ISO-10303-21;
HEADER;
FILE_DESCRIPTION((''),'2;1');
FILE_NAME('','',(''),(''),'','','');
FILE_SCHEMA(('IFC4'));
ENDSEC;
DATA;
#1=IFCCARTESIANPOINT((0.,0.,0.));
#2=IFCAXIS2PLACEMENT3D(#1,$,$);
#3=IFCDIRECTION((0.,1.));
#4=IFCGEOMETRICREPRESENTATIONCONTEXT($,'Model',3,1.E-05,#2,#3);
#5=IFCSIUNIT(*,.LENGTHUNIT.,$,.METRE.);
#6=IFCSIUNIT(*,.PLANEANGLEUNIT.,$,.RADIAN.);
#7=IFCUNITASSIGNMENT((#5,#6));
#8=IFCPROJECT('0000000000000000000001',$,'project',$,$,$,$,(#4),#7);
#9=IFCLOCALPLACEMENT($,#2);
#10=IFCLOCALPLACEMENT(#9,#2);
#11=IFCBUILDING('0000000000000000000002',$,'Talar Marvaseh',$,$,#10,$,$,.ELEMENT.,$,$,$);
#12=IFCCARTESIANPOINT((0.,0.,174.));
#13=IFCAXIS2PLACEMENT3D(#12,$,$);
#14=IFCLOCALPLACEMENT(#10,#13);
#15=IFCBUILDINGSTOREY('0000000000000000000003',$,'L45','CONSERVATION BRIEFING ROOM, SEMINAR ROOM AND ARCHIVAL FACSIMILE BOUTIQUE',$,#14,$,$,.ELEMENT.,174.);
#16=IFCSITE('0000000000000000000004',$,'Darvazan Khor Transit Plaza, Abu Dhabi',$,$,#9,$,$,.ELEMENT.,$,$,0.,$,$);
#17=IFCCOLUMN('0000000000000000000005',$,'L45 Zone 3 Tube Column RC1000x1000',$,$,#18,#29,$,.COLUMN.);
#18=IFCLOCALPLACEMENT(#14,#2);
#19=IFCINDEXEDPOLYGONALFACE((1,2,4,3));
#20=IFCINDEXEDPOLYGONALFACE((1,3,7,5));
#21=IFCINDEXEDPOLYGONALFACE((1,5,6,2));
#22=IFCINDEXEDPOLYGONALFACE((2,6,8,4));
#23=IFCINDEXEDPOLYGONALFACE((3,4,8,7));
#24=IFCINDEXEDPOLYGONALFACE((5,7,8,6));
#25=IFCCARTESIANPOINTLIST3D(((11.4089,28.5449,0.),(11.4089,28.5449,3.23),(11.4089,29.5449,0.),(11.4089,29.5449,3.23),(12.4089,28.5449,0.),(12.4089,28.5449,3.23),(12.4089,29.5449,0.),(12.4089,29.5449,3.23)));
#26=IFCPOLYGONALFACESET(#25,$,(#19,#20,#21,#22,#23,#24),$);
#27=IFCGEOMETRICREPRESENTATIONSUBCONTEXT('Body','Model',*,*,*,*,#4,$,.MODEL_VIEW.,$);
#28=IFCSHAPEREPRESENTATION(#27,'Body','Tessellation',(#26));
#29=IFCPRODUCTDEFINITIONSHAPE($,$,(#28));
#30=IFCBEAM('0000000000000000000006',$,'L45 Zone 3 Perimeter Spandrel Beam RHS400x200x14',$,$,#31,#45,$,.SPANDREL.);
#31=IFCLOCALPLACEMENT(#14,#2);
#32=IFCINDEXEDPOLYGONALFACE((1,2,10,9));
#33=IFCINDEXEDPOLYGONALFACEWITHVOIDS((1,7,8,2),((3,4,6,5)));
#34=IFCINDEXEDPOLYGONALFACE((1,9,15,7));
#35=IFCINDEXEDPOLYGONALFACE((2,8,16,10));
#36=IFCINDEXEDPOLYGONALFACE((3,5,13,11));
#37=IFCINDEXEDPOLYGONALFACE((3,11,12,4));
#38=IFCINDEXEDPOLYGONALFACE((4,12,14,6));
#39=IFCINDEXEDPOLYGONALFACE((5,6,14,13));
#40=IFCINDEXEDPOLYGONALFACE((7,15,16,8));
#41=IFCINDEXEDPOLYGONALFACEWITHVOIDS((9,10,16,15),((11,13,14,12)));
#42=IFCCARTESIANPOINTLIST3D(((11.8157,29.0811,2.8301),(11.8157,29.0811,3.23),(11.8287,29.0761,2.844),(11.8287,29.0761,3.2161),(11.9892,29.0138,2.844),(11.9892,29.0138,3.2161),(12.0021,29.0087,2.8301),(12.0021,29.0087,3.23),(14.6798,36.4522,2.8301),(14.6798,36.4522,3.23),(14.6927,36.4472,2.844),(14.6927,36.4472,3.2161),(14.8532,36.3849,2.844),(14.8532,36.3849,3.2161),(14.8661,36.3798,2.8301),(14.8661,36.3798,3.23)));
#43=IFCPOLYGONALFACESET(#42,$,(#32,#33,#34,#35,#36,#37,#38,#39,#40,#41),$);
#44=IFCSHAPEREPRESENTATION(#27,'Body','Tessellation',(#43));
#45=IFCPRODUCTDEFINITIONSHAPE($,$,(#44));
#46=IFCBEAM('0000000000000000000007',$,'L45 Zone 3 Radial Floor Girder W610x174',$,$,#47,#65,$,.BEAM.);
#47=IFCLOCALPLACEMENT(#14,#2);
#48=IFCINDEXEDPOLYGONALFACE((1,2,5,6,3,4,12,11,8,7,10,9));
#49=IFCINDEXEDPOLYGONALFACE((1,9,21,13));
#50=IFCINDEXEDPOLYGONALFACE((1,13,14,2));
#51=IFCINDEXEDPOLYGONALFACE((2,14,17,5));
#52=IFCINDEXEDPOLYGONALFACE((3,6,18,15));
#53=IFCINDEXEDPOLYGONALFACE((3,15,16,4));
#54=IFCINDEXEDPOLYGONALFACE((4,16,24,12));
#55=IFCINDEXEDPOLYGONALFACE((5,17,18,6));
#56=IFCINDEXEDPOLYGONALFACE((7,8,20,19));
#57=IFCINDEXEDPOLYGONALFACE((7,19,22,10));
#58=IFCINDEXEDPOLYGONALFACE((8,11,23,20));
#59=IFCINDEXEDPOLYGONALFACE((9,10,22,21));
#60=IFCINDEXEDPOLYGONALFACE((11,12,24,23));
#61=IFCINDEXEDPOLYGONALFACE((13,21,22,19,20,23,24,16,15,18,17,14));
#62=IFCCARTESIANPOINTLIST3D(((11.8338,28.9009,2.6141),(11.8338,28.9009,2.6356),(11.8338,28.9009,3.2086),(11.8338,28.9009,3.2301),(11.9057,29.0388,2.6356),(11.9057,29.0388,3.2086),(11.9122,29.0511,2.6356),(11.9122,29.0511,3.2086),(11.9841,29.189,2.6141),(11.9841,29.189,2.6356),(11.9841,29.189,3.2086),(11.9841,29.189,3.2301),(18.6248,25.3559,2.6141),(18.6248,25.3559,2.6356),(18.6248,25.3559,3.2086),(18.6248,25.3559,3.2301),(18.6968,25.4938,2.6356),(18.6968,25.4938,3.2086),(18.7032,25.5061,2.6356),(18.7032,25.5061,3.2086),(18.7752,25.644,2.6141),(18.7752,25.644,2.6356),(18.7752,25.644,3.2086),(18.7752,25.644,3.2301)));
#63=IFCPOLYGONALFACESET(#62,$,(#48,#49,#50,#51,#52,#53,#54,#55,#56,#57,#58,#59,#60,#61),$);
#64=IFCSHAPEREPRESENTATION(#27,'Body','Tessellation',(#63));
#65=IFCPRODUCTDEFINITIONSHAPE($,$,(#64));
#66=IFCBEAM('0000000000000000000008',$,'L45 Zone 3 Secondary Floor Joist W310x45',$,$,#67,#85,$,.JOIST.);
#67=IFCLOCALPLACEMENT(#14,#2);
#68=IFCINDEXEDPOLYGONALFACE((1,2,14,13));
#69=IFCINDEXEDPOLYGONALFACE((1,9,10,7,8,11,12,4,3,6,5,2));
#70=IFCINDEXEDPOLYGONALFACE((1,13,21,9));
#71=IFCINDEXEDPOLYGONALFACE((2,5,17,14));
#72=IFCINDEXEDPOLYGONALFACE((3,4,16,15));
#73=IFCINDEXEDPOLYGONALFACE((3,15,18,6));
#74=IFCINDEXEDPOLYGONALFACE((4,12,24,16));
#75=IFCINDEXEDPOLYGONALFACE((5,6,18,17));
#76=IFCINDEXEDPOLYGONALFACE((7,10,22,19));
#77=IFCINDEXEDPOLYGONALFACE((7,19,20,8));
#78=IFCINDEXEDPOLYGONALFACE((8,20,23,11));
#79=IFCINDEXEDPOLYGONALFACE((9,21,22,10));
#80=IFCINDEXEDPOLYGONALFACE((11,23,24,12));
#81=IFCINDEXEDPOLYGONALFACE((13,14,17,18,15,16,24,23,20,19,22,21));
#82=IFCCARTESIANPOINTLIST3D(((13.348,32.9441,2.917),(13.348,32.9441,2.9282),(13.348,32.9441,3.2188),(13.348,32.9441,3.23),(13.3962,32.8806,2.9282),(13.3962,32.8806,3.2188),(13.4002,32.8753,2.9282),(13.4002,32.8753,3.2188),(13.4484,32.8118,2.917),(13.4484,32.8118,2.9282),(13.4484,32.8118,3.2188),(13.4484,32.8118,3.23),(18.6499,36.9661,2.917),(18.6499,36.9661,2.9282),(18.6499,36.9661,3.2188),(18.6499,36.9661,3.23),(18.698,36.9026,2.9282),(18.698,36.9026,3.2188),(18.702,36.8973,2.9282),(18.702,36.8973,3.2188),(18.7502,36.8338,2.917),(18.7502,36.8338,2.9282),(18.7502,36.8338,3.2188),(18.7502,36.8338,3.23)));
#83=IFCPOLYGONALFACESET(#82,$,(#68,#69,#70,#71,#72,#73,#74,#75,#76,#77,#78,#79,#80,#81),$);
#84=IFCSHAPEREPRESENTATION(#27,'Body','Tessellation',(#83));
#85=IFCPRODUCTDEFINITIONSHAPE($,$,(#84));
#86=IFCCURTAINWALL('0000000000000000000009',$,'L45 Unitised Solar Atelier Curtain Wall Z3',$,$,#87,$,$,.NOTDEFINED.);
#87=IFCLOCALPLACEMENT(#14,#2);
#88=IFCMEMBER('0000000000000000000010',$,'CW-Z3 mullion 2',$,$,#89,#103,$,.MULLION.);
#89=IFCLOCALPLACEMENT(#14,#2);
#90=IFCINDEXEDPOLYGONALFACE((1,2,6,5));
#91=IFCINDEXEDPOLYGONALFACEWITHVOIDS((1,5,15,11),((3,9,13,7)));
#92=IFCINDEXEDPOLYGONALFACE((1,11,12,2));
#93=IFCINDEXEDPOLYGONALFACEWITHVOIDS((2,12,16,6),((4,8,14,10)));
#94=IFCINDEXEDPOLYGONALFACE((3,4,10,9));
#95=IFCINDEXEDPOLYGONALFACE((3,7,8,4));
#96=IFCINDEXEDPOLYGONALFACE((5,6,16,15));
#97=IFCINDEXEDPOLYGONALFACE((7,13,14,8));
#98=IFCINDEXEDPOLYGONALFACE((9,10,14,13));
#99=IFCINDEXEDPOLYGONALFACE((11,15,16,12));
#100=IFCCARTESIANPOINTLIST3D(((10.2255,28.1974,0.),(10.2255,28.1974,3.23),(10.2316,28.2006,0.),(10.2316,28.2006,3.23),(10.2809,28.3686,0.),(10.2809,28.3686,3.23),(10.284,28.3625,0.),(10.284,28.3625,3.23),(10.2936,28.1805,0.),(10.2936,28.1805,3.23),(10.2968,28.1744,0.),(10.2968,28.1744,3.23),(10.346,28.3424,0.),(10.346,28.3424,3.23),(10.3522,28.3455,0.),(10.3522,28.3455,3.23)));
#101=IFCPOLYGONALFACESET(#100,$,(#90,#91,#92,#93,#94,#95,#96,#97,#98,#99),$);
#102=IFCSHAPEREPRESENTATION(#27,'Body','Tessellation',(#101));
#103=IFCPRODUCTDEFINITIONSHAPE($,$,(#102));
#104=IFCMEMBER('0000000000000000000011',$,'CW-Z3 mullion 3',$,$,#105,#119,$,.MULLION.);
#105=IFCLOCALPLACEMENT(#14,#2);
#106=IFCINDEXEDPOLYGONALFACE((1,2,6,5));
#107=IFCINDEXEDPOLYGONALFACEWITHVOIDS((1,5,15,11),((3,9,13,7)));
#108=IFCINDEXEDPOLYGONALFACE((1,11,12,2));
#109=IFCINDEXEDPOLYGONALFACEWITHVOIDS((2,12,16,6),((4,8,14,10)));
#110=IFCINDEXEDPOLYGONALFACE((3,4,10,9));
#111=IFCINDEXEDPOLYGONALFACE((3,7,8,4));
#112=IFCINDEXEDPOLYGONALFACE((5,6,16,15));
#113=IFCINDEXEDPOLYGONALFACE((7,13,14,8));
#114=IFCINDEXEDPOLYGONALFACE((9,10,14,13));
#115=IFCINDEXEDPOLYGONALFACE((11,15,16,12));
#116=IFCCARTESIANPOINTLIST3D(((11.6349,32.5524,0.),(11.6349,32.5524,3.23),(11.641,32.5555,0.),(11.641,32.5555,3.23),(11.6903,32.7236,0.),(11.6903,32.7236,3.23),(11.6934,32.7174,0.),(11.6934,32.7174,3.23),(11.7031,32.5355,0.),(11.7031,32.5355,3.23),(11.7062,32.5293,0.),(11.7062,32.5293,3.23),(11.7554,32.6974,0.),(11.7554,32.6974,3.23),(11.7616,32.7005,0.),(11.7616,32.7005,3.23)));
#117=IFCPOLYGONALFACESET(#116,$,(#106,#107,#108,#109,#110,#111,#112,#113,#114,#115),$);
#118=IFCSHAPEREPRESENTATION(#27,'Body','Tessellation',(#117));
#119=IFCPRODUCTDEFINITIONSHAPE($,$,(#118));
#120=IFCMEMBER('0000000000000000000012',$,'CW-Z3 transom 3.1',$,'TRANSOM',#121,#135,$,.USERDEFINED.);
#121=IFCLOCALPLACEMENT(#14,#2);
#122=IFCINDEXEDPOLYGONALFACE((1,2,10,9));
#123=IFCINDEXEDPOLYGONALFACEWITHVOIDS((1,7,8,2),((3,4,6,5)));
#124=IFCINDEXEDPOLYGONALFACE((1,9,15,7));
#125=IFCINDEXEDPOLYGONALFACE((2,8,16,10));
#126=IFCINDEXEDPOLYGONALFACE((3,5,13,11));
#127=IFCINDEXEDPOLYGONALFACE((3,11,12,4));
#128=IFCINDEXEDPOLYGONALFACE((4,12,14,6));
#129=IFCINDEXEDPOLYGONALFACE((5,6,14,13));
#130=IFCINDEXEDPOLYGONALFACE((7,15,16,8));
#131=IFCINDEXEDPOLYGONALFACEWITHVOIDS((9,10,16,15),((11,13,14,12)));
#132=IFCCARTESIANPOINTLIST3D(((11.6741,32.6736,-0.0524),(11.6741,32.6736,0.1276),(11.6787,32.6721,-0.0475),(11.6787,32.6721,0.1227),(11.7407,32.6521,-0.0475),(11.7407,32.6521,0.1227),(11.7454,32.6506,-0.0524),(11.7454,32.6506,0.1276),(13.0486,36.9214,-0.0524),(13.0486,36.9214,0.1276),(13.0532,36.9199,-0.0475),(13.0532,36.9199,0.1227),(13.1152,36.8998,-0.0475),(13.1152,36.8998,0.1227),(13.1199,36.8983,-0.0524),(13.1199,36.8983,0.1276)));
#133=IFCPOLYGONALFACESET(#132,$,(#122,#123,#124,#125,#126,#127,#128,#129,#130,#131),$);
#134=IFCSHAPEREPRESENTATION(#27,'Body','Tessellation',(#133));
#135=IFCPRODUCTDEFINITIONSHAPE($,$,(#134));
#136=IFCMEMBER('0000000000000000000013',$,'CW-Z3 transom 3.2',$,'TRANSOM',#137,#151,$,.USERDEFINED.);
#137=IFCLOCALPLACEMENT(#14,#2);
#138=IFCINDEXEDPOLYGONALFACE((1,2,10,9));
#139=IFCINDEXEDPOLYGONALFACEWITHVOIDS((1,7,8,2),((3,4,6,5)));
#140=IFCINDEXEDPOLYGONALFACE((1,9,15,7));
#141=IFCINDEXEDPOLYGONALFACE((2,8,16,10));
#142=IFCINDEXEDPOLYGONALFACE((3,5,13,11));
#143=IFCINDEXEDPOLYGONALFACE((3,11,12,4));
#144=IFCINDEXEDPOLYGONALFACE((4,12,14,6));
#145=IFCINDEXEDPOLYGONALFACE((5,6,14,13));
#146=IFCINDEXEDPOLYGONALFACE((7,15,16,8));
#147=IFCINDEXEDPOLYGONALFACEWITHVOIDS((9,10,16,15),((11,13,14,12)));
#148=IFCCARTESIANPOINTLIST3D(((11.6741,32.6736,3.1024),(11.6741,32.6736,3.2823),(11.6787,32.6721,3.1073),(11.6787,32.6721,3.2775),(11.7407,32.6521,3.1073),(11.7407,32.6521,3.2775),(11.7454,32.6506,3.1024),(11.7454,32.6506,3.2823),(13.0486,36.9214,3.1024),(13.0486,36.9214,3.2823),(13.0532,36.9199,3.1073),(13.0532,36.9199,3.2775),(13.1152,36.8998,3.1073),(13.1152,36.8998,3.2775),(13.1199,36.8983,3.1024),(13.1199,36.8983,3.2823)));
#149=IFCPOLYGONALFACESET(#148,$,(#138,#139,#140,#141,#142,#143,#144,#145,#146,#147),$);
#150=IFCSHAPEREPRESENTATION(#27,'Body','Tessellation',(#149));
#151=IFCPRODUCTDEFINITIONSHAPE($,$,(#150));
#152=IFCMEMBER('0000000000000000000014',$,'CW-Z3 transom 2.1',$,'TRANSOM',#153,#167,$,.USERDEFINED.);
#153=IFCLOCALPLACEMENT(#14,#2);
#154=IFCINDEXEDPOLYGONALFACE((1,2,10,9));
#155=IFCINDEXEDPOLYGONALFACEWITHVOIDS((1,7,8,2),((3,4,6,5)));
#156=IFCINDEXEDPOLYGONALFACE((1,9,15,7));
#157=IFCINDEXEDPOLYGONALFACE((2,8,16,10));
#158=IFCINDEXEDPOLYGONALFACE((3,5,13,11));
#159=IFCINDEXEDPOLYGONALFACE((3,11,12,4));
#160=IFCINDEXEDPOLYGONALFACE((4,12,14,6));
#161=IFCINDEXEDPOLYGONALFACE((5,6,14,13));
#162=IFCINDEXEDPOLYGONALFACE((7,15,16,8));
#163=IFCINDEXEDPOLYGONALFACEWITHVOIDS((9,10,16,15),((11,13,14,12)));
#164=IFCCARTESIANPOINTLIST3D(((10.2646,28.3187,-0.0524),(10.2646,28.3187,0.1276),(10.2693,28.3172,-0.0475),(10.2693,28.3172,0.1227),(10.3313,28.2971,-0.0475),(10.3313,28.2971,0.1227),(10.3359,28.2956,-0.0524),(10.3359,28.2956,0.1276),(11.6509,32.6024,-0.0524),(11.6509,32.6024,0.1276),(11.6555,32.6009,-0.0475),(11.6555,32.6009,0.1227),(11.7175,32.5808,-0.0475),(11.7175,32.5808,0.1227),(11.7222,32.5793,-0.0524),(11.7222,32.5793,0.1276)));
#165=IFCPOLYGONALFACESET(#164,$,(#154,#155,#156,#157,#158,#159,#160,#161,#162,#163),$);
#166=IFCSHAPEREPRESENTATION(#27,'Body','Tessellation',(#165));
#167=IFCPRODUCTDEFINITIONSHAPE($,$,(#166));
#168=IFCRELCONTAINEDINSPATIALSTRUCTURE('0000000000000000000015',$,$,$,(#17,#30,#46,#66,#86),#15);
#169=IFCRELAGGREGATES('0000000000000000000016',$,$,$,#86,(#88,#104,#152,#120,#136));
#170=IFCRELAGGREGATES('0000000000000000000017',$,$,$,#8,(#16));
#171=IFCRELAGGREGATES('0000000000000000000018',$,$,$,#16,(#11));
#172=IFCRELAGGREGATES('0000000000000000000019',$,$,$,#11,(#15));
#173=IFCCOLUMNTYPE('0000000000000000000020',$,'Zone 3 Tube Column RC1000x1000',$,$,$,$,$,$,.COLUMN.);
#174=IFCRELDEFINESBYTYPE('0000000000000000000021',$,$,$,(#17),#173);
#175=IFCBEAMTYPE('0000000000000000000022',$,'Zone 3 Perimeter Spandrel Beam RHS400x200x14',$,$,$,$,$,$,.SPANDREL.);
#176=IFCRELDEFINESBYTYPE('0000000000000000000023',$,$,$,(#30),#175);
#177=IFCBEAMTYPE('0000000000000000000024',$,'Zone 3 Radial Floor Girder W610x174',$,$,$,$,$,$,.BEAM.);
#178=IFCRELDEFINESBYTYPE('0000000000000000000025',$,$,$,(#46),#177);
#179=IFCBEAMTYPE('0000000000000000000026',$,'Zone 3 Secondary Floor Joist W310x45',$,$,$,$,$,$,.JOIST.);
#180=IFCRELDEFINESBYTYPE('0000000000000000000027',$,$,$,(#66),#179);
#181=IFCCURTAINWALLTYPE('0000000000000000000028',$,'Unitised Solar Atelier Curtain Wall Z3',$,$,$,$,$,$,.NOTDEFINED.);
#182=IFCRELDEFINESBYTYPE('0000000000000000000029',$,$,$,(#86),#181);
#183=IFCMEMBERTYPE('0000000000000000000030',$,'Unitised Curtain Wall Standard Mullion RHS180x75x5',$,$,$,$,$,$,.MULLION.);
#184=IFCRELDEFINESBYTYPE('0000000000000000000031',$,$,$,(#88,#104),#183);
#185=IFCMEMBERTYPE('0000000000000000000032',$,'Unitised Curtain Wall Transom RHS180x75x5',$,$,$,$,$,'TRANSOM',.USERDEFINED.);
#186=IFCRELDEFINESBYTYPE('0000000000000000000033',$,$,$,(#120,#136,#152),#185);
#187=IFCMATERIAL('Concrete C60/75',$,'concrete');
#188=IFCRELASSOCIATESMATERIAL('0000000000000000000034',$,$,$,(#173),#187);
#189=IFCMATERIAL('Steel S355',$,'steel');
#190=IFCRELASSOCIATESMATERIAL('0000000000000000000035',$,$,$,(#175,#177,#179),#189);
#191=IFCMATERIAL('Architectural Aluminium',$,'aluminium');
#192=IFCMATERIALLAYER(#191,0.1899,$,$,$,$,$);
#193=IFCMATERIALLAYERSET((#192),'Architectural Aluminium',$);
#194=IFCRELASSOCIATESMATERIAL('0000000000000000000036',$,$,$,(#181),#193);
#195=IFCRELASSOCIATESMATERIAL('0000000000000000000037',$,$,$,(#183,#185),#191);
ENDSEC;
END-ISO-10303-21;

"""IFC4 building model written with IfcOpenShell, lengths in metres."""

from ifc_helpers import new_model, si_unit, direction, frame, origin, origin_2d, place, context, subcontext, project, spatial, rectangle, hollow_rectangle, i_section, extrude, source, transform, mapped, material, layer, layer_set, material_profile, profile_set, type_object, type_shapes, element, aggregate, save


model = new_model("IFC4")

# Units and contexts
model_context = context("Model", 3, precision=1e-05, world=origin(), true_north=direction((0.0, 1.0)))
body_context = subcontext(model_context, "Body", "Model", "MODEL_VIEW")
ifc_project = project(units=[si_unit("LENGTHUNIT", "METRE"), si_unit("PLANEANGLEUNIT", "RADIAN")], contexts=[model_context])

# Site, building, storey
site_placement = place(None, origin())
site = spatial("IfcSite", under=ifc_project, at=site_placement, Name="Darvazan Khor Transit Plaza, Abu Dhabi", CompositionType="ELEMENT", RefElevation=0.0)
building_placement = place(site_placement, origin())
building = spatial("IfcBuilding", under=site, at=building_placement, Name="Talar Marvaseh", CompositionType="ELEMENT")
storey_placement = place(building_placement, frame((0.0, 0.0, 174.0)))
storey = spatial("IfcBuildingStorey", under=building, at=storey_placement, Name="L45", Description="CONSERVATION BRIEFING ROOM, SEMINAR ROOM AND ARCHIVAL FACSIMILE BOUTIQUE", CompositionType="ELEMENT", Elevation=174.0)

# Column
ifc_material_1 = material(Name="Concrete C60/75", Category="concrete")
ifc_material_profile_1 = material_profile(ifc_material_1, rectangle(XDim=1.0, YDim=1.0, at=origin_2d()), Name="RC1000x1000")
ifc_profile_set_1 = profile_set([ifc_material_profile_1], Name="Concrete C60/75")
column_type = type_object("IfcColumnType", Name="Zone 3 Tube Column RC1000x1000", PredefinedType="COLUMN", material=ifc_profile_set_1)
column_placement = place(storey_placement, frame((11.9089, 29.0449, 0.0), z_axis=(0.0, 0.0, 1.0), x_axis=(1.0, 0.0, 0.0)))
element("IfcColumn", 1, at=column_placement, inside=storey, type_object=column_type, Name="L45 Zone 3 Tube Column RC1000x1000", PredefinedType="COLUMN", context=body_context, shape_type="SweptSolid", body=[
    extrude(rectangle(XDim=1.0, YDim=1.0, at=origin_2d()), origin(), (0.0, 0.0, 1.0), 3.23),
])

# Beams
ifc_material_2 = material(Name="Steel S355", Category="steel")
ifc_material_profile_2 = material_profile(ifc_material_2, hollow_rectangle(XDim=0.2, YDim=0.3999, WallThickness=0.0139, at=origin_2d()), Name="RHS400x200x14")
ifc_profile_set_2 = profile_set([ifc_material_profile_2], Name="Steel S355")
beam_type_1 = type_object("IfcBeamType", Name="Zone 3 Perimeter Spandrel Beam RHS400x200x14", PredefinedType="SPANDREL", material=ifc_profile_set_2)
beam_1_placement = place(storey_placement, frame((11.9089, 29.0449, 3.03), z_axis=(0.362169, 0.932112, 0.0), x_axis=(-0.932112, 0.362169, 0.0)))
element("IfcBeam", 2, at=beam_1_placement, inside=storey, type_object=beam_type_1, Name="L45 Zone 3 Perimeter Spandrel Beam RHS400x200x14", PredefinedType="SPANDREL", context=body_context, shape_type="SweptSolid", body=[
    extrude(hollow_rectangle(XDim=0.2, YDim=0.3999, WallThickness=0.0139, at=origin_2d()), origin(), (0.0, 0.0, 1.0), 7.908),
])
ifc_material_profile_3 = material_profile(ifc_material_2, i_section(OverallWidth=0.325, OverallDepth=0.616, WebThickness=0.0139, FlangeThickness=0.0215, at=origin_2d()), Name="W610x174")
ifc_profile_set_3 = profile_set([ifc_material_profile_3], Name="Steel S355")
beam_type_2 = type_object("IfcBeamType", Name="Zone 3 Radial Floor Girder W610x174", PredefinedType="BEAM", material=ifc_profile_set_3)
beam_2_placement = place(storey_placement, frame((11.9089, 29.0449, 2.9221), z_axis=(0.886489, -0.462749, 0.0), x_axis=(0.462749, 0.886489, 0.0)))
element("IfcBeam", 3, at=beam_2_placement, inside=storey, type_object=beam_type_2, Name="L45 Zone 3 Radial Floor Girder W610x174", PredefinedType="BEAM", context=body_context, shape_type="SweptSolid", body=[
    extrude(i_section(OverallWidth=0.325, OverallDepth=0.616, WebThickness=0.0139, FlangeThickness=0.0215, at=origin_2d()), origin(), (0.0, 0.0, 1.0), 7.6606),
])
ifc_material_profile_4 = material_profile(ifc_material_2, i_section(OverallWidth=0.166, OverallDepth=0.313, WebThickness=0.0066, FlangeThickness=0.0112, at=origin_2d()), Name="W310x45")
ifc_profile_set_4 = profile_set([ifc_material_profile_4], Name="Steel S355")
beam_type_3 = type_object("IfcBeamType", Name="Zone 3 Secondary Floor Joist W310x45", PredefinedType="JOIST", material=ifc_profile_set_4)
beam_3_placement = place(storey_placement, frame((13.3982, 32.8779, 3.0735), z_axis=(0.796695, 0.604382, 0.0), x_axis=(-0.604382, 0.796695, 0.0)))
element("IfcBeam", 4, at=beam_3_placement, inside=storey, type_object=beam_type_3, Name="L45 Zone 3 Secondary Floor Joist W310x45", PredefinedType="JOIST", context=body_context, shape_type="SweptSolid", body=[
    extrude(i_section(OverallWidth=0.166, OverallDepth=0.313, WebThickness=0.0066, FlangeThickness=0.0112, at=origin_2d()), origin(), (0.0, 0.0, 1.0), 6.6548),
])

# Curtain wall, members
ifc_material_3 = material(Name="Architectural Aluminium", Category="aluminium")
ifc_layer_1 = layer(ifc_material_3, 0.1899)
ifc_layer_set_1 = layer_set([ifc_layer_1], Name="Architectural Aluminium")
curtain_wall_type = type_object("IfcCurtainWallType", Name="Unitised Solar Atelier Curtain Wall Z3", PredefinedType="NOTDEFINED", material=ifc_layer_set_1)
curtain_wall_placement = place(storey_placement, origin())
curtain_wall = element("IfcCurtainWall", 5, at=curtain_wall_placement, inside=storey, type_object=curtain_wall_type, Name="L45 Unitised Solar Atelier Curtain Wall Z3", PredefinedType="NOTDEFINED")
ifc_material_profile_5 = material_profile(ifc_material_3, hollow_rectangle(XDim=0.075, YDim=0.1799, WallThickness=0.0049, at=origin_2d()), Name="RHS180x75x5")
ifc_profile_set_5 = profile_set([ifc_material_profile_5], Name="Architectural Aluminium")
member_type_1 = type_object("IfcMemberType", Name="Unitised Curtain Wall Standard Mullion RHS180x75x5", PredefinedType="MULLION", material=ifc_profile_set_5)
shared_shape_1 = source(origin(), body_context, "Body", "SweptSolid", [
    extrude(hollow_rectangle(XDim=0.075, YDim=0.1799, WallThickness=0.0049, at=origin_2d()), origin(), (0.0, 0.0, 1.0), 3.23),
])
type_shapes(member_type_1, [shared_shape_1])
member_1_placement = place(storey_placement, frame((10.2888, 28.2715, 0.0), z_axis=(0.0, 0.0, 1.0), x_axis=(-0.951424, 0.307885, 0.0)))
member_1 = element("IfcMember", 6, at=member_1_placement, type_object=member_type_1, Name="CW-Z3 mullion 2", PredefinedType="MULLION", context=body_context, shape_type="MappedRepresentation", body=[
    mapped(shared_shape_1, transform((0.0, 0.0, 0.0), x_axis=(1.0, 0.0, 0.0), y_axis=(0.0, 1.0, 0.0), z_axis=(0.0, 0.0, 1.0), scale=1.0)),
])
member_2_placement = place(storey_placement, frame((11.6982, 32.6265, 0.0), z_axis=(0.0, 0.0, 1.0), x_axis=(-0.951424, 0.307885, 0.0)))
member_2 = element("IfcMember", 7, at=member_2_placement, type_object=member_type_1, Name="CW-Z3 mullion 3", PredefinedType="MULLION", context=body_context, shape_type="MappedRepresentation", body=[
    mapped(shared_shape_1, transform((0.0, 0.0, 0.0), x_axis=(1.0, 0.0, 0.0), y_axis=(0.0, 1.0, 0.0), z_axis=(0.0, 0.0, 1.0), scale=1.0)),
])
ifc_material_profile_6 = material_profile(ifc_material_3, hollow_rectangle(XDim=0.075, YDim=0.1799, WallThickness=0.0049, at=origin_2d()), Name="RHS180x75x5")
ifc_profile_set_6 = profile_set([ifc_material_profile_6], Name="Architectural Aluminium")
member_type_2 = type_object("IfcMemberType", Name="Unitised Curtain Wall Transom RHS180x75x5", ElementType="TRANSOM", PredefinedType="USERDEFINED", material=ifc_profile_set_6)
shared_shape_2 = source(origin(), body_context, "Body", "SweptSolid", [
    extrude(hollow_rectangle(XDim=0.075, YDim=0.1799, WallThickness=0.0049, at=origin_2d()), origin(), (0.0, 0.0, 1.0), 4.4646),
])
member_3_placement = place(storey_placement, frame((11.7097, 32.6621, 0.0376), z_axis=(0.307865, 0.95143, 0.0), x_axis=(-0.95143, 0.307865, 0.0)))
member_3 = element("IfcMember", 8, at=member_3_placement, type_object=member_type_2, Name="CW-Z3 transom 3.1", ObjectType="TRANSOM", PredefinedType="USERDEFINED", context=body_context, shape_type="MappedRepresentation", body=[
    mapped(shared_shape_2, transform((0.0, 0.0, 0.0), x_axis=(1.0, 0.0, 0.0), y_axis=(0.0, 1.0, 0.0), z_axis=(0.0, 0.0, 1.0), scale=1.0)),
])
member_4_placement = place(storey_placement, frame((11.7097, 32.6621, 3.1924), z_axis=(0.307865, 0.95143, 0.0), x_axis=(-0.95143, 0.307865, 0.0)))
member_4 = element("IfcMember", 9, at=member_4_placement, type_object=member_type_2, Name="CW-Z3 transom 3.2", ObjectType="TRANSOM", PredefinedType="USERDEFINED", context=body_context, shape_type="MappedRepresentation", body=[
    mapped(shared_shape_2, transform((0.0, 0.0, 0.0), x_axis=(1.0, 0.0, 0.0), y_axis=(0.0, 1.0, 0.0), z_axis=(0.0, 0.0, 1.0), scale=1.0)),
])
shared_shape_3 = source(origin(), body_context, "Body", "SweptSolid", [
    extrude(hollow_rectangle(XDim=0.075, YDim=0.1799, WallThickness=0.0049, at=origin_2d()), origin(), (0.0, 0.0, 1.0), 4.5024),
])
type_shapes(member_type_2, [shared_shape_2, shared_shape_3])
member_5_placement = place(storey_placement, frame((10.3003, 28.3071, 0.0376), z_axis=(0.307887, 0.951423, 0.0), x_axis=(-0.951423, 0.307887, 0.0)))
member_5 = element("IfcMember", 10, at=member_5_placement, type_object=member_type_2, Name="CW-Z3 transom 2.1", ObjectType="TRANSOM", PredefinedType="USERDEFINED", context=body_context, shape_type="MappedRepresentation", body=[
    mapped(shared_shape_3, transform((0.0, 0.0, 0.0), x_axis=(1.0, 0.0, 0.0), y_axis=(0.0, 1.0, 0.0), z_axis=(0.0, 0.0, 1.0), scale=1.0)),
])
aggregate(curtain_wall, [member_1, member_2, member_5, member_3, member_4])

save(model, "model.ifc")
